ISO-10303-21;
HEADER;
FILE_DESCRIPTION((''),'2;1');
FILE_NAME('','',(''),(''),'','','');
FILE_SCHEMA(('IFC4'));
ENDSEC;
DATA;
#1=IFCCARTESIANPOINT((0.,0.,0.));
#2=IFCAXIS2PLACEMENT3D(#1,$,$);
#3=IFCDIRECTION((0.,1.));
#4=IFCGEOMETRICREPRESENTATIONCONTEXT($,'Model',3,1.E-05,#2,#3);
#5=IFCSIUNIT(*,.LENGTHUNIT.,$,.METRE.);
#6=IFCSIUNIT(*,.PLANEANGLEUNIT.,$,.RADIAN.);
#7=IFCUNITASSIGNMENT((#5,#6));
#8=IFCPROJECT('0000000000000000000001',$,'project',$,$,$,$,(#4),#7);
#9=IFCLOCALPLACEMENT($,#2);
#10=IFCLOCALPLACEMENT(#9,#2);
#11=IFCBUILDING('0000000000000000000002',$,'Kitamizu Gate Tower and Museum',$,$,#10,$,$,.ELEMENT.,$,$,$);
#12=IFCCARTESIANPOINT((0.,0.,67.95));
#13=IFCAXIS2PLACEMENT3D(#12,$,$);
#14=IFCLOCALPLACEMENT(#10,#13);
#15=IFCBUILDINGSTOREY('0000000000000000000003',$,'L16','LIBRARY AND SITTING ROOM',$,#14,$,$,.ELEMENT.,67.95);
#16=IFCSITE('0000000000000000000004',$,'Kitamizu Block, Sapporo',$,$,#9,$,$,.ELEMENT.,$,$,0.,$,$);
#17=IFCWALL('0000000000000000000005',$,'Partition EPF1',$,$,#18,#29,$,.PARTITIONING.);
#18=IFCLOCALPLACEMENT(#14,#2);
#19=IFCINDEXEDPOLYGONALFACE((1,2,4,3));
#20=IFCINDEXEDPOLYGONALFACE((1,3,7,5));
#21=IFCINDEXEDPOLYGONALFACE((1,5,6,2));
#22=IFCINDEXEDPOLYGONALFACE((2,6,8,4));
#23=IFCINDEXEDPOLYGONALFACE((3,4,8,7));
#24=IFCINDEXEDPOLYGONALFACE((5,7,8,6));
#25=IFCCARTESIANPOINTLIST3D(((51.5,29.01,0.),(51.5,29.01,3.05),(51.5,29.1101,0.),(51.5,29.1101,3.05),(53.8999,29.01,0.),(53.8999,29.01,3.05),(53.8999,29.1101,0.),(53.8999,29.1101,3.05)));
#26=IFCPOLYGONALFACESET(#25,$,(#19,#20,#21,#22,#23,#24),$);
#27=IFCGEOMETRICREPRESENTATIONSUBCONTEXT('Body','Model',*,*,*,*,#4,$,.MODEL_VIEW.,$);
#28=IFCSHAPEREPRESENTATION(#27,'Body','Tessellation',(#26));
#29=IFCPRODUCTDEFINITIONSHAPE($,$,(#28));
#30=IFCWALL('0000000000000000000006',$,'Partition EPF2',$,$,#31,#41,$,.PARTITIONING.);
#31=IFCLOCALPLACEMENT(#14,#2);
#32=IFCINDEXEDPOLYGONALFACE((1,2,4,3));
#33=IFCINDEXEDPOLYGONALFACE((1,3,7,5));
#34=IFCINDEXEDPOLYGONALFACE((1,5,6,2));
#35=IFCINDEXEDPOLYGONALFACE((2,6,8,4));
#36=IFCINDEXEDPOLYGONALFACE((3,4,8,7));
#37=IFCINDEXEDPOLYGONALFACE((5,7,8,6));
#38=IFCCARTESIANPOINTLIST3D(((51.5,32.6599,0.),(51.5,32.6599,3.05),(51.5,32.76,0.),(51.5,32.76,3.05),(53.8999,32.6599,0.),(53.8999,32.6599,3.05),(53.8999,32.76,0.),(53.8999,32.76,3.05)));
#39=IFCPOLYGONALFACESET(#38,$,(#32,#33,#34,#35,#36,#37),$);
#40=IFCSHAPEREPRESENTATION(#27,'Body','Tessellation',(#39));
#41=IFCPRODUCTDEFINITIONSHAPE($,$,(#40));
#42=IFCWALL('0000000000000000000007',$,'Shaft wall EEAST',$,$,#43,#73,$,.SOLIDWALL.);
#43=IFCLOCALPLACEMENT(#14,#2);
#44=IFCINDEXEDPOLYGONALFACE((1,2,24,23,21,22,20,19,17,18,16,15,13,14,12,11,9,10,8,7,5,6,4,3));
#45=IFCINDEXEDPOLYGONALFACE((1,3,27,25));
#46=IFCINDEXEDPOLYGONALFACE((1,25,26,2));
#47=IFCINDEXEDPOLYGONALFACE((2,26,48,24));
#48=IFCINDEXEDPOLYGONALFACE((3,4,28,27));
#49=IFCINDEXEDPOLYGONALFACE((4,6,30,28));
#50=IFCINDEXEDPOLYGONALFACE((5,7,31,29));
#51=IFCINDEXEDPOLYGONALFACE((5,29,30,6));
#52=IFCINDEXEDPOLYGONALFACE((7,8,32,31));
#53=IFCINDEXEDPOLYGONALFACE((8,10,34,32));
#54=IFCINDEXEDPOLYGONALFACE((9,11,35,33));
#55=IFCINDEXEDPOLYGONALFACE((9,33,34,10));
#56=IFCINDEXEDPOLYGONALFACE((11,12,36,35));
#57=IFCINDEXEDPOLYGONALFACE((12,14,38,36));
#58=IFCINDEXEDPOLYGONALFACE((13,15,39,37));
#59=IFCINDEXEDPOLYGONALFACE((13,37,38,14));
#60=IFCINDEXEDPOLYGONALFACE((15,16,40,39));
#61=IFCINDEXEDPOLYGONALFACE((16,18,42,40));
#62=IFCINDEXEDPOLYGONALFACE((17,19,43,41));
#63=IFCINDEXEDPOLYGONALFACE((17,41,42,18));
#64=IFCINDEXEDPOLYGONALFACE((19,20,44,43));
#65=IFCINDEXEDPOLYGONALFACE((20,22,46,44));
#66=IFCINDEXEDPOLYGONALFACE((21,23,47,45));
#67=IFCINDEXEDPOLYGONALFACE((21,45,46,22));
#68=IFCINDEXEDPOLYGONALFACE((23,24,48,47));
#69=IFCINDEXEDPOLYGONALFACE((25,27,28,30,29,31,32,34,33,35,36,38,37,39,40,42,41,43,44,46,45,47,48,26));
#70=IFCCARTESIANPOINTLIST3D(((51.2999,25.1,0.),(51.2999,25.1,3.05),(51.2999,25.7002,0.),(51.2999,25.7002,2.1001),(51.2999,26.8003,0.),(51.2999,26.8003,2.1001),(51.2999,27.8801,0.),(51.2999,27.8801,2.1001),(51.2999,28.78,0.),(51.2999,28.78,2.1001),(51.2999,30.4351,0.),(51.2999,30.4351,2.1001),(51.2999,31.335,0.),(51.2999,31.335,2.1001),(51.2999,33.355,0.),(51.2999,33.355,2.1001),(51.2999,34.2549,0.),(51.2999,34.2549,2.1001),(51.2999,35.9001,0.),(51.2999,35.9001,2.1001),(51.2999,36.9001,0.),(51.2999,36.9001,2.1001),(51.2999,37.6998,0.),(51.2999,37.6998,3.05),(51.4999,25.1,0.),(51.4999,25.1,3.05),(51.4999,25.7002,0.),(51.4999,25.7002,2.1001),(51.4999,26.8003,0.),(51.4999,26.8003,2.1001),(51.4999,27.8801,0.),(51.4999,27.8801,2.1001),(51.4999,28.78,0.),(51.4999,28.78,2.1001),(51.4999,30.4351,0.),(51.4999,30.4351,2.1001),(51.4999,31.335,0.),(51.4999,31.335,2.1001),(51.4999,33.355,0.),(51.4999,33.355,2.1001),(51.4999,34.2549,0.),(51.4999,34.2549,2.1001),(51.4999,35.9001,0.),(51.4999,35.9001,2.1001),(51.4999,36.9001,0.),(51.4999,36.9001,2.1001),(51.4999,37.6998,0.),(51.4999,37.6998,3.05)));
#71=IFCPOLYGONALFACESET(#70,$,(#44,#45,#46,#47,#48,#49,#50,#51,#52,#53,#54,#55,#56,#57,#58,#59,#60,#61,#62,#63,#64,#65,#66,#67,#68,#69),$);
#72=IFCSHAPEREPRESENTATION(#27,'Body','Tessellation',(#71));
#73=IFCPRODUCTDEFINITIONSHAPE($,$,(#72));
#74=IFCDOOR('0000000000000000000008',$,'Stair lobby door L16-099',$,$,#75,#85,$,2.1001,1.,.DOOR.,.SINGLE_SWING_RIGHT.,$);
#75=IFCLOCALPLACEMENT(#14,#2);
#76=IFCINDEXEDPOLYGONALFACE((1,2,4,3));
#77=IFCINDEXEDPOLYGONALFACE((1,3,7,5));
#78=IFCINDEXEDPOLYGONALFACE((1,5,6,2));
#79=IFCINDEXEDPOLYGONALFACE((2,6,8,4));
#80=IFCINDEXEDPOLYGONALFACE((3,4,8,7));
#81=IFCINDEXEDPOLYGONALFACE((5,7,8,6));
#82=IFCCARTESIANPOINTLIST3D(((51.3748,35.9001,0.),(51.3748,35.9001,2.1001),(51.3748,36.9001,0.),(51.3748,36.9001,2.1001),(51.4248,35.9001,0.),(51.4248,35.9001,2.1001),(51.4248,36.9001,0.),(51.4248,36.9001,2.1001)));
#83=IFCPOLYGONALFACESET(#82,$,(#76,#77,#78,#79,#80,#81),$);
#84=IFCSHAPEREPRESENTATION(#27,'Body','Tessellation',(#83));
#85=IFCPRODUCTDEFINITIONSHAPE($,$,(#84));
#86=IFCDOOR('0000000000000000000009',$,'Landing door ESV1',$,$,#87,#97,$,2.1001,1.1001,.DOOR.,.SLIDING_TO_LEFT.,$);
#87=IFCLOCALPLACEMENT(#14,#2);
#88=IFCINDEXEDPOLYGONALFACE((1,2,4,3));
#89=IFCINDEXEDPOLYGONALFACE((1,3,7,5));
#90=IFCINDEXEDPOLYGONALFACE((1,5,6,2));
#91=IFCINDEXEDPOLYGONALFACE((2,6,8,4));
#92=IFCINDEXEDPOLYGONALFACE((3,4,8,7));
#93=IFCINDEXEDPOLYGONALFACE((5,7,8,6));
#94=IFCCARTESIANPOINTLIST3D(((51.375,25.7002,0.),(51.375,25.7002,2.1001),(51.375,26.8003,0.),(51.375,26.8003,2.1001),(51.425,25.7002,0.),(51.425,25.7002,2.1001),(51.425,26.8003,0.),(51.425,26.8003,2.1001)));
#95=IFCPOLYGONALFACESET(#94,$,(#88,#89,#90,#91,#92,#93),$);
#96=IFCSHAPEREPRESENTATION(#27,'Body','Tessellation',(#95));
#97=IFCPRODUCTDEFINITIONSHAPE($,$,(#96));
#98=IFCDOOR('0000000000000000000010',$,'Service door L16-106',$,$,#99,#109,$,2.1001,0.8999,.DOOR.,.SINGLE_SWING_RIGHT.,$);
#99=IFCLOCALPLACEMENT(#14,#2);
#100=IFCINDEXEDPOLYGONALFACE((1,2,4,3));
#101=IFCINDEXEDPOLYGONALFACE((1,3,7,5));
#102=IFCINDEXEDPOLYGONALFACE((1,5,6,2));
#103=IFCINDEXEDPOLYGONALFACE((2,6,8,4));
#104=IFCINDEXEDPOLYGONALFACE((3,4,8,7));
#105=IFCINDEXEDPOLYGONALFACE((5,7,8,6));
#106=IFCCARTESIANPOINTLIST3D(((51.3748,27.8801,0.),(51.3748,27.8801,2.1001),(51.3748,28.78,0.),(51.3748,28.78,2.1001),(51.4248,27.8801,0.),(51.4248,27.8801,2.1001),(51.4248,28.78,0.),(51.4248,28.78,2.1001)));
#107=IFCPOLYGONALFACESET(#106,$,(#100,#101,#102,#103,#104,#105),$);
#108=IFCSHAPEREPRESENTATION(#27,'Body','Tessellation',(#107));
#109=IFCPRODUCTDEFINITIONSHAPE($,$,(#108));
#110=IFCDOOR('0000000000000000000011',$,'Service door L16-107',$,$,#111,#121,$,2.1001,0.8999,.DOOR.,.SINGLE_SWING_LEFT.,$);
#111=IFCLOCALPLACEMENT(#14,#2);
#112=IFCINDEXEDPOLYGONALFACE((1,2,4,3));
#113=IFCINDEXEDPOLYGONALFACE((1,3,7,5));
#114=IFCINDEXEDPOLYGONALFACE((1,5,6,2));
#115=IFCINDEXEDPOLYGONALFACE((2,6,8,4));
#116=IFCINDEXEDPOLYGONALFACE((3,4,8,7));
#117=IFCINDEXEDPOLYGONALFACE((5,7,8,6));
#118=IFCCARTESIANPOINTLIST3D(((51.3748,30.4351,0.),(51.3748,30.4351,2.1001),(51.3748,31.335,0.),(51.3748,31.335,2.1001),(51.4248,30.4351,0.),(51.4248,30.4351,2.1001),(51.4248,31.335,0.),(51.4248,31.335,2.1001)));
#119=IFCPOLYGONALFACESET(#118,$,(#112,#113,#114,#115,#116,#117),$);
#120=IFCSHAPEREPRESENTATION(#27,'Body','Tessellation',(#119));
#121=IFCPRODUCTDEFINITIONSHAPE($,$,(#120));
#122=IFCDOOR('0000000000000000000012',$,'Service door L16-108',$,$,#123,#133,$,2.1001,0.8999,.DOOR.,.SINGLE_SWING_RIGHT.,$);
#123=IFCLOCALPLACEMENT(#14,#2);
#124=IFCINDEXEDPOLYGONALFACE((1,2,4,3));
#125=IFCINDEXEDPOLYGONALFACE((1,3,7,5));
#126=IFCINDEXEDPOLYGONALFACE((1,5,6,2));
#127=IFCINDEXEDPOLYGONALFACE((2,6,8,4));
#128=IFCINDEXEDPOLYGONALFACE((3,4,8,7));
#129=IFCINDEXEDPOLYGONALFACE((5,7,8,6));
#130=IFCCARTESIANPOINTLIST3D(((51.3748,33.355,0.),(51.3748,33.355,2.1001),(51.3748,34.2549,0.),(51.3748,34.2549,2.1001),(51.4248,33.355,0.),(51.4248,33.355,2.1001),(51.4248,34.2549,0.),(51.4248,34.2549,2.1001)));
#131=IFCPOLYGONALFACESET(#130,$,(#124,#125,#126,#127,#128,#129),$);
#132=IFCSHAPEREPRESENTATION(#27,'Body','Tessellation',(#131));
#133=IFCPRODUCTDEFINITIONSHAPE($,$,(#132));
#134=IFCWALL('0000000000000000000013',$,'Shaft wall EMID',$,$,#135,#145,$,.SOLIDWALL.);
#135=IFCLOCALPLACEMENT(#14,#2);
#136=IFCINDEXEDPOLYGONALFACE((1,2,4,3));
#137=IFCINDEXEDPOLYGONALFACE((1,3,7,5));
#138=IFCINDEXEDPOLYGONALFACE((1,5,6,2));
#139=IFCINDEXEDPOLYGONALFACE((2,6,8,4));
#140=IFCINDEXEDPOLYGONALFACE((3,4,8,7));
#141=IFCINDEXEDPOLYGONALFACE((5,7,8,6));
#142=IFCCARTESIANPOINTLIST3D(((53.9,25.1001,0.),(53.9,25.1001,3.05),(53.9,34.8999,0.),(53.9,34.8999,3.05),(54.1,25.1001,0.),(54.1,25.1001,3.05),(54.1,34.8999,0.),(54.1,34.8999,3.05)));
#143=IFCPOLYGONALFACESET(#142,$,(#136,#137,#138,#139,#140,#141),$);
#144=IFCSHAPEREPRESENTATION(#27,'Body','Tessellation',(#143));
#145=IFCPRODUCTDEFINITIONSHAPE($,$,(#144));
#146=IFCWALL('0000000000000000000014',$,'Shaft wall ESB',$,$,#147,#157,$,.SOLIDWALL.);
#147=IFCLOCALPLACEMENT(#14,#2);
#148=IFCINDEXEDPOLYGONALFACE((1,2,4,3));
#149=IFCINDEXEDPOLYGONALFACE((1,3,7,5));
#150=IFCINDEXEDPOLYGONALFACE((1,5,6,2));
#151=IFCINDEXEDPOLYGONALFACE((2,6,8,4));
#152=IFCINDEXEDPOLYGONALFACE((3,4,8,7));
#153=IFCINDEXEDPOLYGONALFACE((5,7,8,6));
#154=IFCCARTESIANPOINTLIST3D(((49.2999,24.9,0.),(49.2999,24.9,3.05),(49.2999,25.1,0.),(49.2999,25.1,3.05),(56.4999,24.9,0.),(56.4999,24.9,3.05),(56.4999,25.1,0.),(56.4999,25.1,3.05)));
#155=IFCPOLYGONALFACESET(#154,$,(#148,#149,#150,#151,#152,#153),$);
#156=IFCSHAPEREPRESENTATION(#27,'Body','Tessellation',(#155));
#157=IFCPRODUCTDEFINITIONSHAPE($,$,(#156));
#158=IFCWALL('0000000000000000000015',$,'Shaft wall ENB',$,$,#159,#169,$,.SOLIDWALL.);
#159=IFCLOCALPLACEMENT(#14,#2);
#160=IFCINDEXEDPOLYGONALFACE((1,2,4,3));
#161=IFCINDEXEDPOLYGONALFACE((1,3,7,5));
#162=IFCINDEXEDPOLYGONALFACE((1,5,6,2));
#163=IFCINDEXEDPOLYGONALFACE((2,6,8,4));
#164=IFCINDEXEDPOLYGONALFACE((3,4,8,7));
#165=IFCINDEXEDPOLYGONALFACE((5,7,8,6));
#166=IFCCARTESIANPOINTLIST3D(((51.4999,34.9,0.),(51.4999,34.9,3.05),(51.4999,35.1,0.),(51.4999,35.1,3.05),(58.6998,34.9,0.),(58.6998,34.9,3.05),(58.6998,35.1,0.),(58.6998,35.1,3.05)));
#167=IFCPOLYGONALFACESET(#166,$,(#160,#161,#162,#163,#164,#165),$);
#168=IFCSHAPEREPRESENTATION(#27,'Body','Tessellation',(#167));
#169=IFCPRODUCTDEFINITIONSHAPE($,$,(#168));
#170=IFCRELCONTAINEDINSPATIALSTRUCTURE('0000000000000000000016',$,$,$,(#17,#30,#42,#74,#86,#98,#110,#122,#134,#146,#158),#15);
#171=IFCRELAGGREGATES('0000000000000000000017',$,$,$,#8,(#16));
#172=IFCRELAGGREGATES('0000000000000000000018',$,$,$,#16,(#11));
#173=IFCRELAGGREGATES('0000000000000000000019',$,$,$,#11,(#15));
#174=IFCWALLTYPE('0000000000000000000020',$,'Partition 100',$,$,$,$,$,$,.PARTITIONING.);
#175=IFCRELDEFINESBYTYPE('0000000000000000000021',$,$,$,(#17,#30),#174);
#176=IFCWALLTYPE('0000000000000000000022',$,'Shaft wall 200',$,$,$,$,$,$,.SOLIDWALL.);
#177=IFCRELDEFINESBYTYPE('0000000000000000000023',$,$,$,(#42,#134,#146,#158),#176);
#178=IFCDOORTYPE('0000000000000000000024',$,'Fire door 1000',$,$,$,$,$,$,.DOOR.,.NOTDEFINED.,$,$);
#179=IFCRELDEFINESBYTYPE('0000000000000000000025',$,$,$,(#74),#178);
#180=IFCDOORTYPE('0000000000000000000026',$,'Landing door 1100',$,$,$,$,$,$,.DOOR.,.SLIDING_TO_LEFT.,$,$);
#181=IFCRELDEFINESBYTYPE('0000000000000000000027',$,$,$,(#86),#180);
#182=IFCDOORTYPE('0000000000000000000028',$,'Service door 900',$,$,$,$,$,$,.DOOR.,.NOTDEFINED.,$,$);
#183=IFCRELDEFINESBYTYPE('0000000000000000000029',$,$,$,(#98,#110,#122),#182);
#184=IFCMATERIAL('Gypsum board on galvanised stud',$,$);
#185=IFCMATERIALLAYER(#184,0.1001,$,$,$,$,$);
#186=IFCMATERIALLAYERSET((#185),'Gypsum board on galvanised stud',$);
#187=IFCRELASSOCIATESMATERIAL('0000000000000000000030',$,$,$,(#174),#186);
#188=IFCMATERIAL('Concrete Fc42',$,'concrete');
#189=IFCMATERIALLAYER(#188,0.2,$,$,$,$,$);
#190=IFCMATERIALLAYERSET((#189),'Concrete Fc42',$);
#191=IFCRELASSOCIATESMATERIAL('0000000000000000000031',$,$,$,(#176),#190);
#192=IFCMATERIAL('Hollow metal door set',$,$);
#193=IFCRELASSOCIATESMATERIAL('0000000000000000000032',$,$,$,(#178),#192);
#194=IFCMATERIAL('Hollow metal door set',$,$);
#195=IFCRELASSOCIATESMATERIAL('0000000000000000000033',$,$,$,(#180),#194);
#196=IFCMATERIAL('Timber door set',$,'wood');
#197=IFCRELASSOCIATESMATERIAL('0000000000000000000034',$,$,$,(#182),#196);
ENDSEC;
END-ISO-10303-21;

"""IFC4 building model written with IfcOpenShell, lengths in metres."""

from ifc_helpers import new_model, si_unit, direction, frame, frame_2d, origin, place, context, subcontext, project, spatial, rectangle, extrude, material, layer, layer_set, type_object, element, fill, save


model = new_model("IFC4")

# Units and contexts
model_context = context("Model", 3, precision=1e-05, world=origin(), true_north=direction((0.0, 1.0)))
body_context = subcontext(model_context, "Body", "Model", "MODEL_VIEW")
ifc_project = project(units=[si_unit("LENGTHUNIT", "METRE"), si_unit("PLANEANGLEUNIT", "RADIAN")], contexts=[model_context])

# Site, building, storey
site_placement = place(None, origin())
site = spatial("IfcSite", under=ifc_project, at=site_placement, Name="Kitamizu Block, Sapporo", CompositionType="ELEMENT", RefElevation=0.0)
building_placement = place(site_placement, origin())
building = spatial("IfcBuilding", under=site, at=building_placement, Name="Kitamizu Gate Tower and Museum", CompositionType="ELEMENT")
storey_placement = place(building_placement, frame((0.0, 0.0, 67.95)))
storey = spatial("IfcBuildingStorey", under=building, at=storey_placement, Name="L16", Description="LIBRARY AND SITTING ROOM", CompositionType="ELEMENT", Elevation=67.95)

# Walls
ifc_material_1 = material(Name="Gypsum board on galvanised stud")
ifc_layer_1 = layer(ifc_material_1, 0.1001)
ifc_layer_set_1 = layer_set([ifc_layer_1], Name="Gypsum board on galvanised stud")
wall_type_1 = type_object("IfcWallType", Name="Partition 100", PredefinedType="PARTITIONING", material=ifc_layer_set_1)
for number, where, z_axis, x_axis, name in (
    (1, (53.8999, 29.0601, 0.0), (0.0, 0.0, 1.0), (-1.0, 0.0, 0.0), "Partition EPF1"),
    (2, (53.8999, 32.71, 0.0), (0.0, 0.0, 1.0), (-1.0, 0.0, 0.0), "Partition EPF2"),
):
    element("IfcWall", number, at=place(storey_placement, frame(where, z_axis=z_axis, x_axis=x_axis)), inside=storey, type_object=wall_type_1, Name=name, PredefinedType="PARTITIONING", context=body_context, shape_type="SweptSolid", body=[
        extrude(rectangle(XDim=2.3999, YDim=0.1001, at=frame_2d((1.2, 0.0))), origin(), (0.0, 0.0, 1.0), 3.05),
    ])

# Wall, openings, doors
ifc_material_2 = material(Name="Concrete Fc42", Category="concrete")
ifc_layer_2 = layer(ifc_material_2, 0.2)
ifc_layer_set_2 = layer_set([ifc_layer_2], Name="Concrete Fc42")
wall_type_2 = type_object("IfcWallType", Name="Shaft wall 200", PredefinedType="SOLIDWALL", material=ifc_layer_set_2)
wall_1_placement = place(storey_placement, frame((51.3999, 25.1001, 0.0), z_axis=(0.0, 0.0, 1.0), x_axis=(0.0, 1.0, 0.0)))
wall_1 = element("IfcWall", 3, at=wall_1_placement, inside=storey, type_object=wall_type_2, Name="Shaft wall EEAST", PredefinedType="SOLIDWALL", context=body_context, shape_type="SweptSolid", body=[
    extrude(rectangle(XDim=12.5999, YDim=0.2, at=frame_2d((6.2998, 0.0))), origin(), (0.0, 0.0, 1.0), 3.05),
])
opening_1_placement = place(wall_1_placement, frame((0.6001, 0.0, 0.0)))
opening_1 = element("IfcOpeningElement", 4, at=opening_1_placement, cuts=wall_1, PredefinedType="OPENING", context=body_context, shape_type="SweptSolid", body=[
    extrude(rectangle(XDim=1.1001, YDim=2.1001, at=frame_2d((0.55, 1.05))), frame((0.0, 0.1099, 0.0), z_axis=(0.0, -1.0, 0.0), x_axis=(1.0, 0.0, 0.0)), (0.0, 0.0, 1.0), 0.22),
])
opening_2_placement = place(wall_1_placement, frame((10.8, 0.0, 0.0)))
opening_2 = element("IfcOpeningElement", 5, at=opening_2_placement, cuts=wall_1, PredefinedType="OPENING", context=body_context, shape_type="SweptSolid", body=[
    extrude(rectangle(XDim=1.0, YDim=2.1001, at=frame_2d((0.5, 1.05))), frame((0.0, 0.1099, 0.0), z_axis=(0.0, -1.0, 0.0), x_axis=(1.0, 0.0, 0.0)), (0.0, 0.0, 1.0), 0.22),
])
opening_3_placement = place(wall_1_placement, frame((2.78, 0.0, 0.0)))
opening_3 = element("IfcOpeningElement", 6, at=opening_3_placement, cuts=wall_1, PredefinedType="OPENING", context=body_context, shape_type="SweptSolid", body=[
    extrude(rectangle(XDim=0.8999, YDim=2.1001, at=frame_2d((0.45, 1.05))), frame((0.0, 0.1099, 0.0), z_axis=(0.0, -1.0, 0.0), x_axis=(1.0, 0.0, 0.0)), (0.0, 0.0, 1.0), 0.22),
])
opening_4_placement = place(wall_1_placement, frame((5.335, 0.0, 0.0)))
opening_4 = element("IfcOpeningElement", 7, at=opening_4_placement, cuts=wall_1, PredefinedType="OPENING", context=body_context, shape_type="SweptSolid", body=[
    extrude(rectangle(XDim=0.8999, YDim=2.1001, at=frame_2d((0.45, 1.05))), frame((0.0, 0.1099, 0.0), z_axis=(0.0, -1.0, 0.0), x_axis=(1.0, 0.0, 0.0)), (0.0, 0.0, 1.0), 0.22),
])
opening_5_placement = place(wall_1_placement, frame((8.2549, 0.0, 0.0)))
opening_5 = element("IfcOpeningElement", 8, at=opening_5_placement, cuts=wall_1, PredefinedType="OPENING", context=body_context, shape_type="SweptSolid", body=[
    extrude(rectangle(XDim=0.8999, YDim=2.1001, at=frame_2d((0.45, 1.05))), frame((0.0, 0.1099, 0.0), z_axis=(0.0, -1.0, 0.0), x_axis=(1.0, 0.0, 0.0)), (0.0, 0.0, 1.0), 0.22),
])
ifc_material_3 = material(Name="Hollow metal door set")
door_type_1 = type_object("IfcDoorType", Name="Fire door 1000", OperationType="NOTDEFINED", PredefinedType="DOOR", material=ifc_material_3)
door_1_placement = place(opening_2_placement, frame((1.0, 0.0, 0.0), x_axis=(-1.0, 0.0, 0.0)))
door_1 = element("IfcDoor", 9, at=door_1_placement, inside=storey, type_object=door_type_1, Name="Stair lobby door L16-099", OperationType="SINGLE_SWING_RIGHT", OverallHeight=2.1001, OverallWidth=1.0, PredefinedType="DOOR", context=body_context, shape_type="SweptSolid", body=[
    extrude(rectangle(XDim=1.0, YDim=2.1001, at=frame_2d((0.5, 1.05))), frame((0.0, 0.0249, 0.0), z_axis=(0.0, -1.0, 0.0), x_axis=(1.0, 0.0, 0.0)), (0.0, 0.0, 1.0), 0.05),
])
fill(opening_2, door_1)
ifc_material_4 = material(Name="Hollow metal door set")
door_type_2 = type_object("IfcDoorType", Name="Landing door 1100", OperationType="SLIDING_TO_LEFT", PredefinedType="DOOR", material=ifc_material_4)
door_2_placement = place(opening_1_placement, origin())
door_2 = element("IfcDoor", 10, at=door_2_placement, inside=storey, type_object=door_type_2, Name="Landing door ESV1", OperationType="SLIDING_TO_LEFT", OverallHeight=2.1001, OverallWidth=1.1001, PredefinedType="DOOR", context=body_context, shape_type="SweptSolid", body=[
    extrude(rectangle(XDim=1.1001, YDim=2.1001, at=frame_2d((0.55, 1.05))), frame((0.0, 0.0249, 0.0), z_axis=(0.0, -1.0, 0.0), x_axis=(1.0, 0.0, 0.0)), (0.0, 0.0, 1.0), 0.05),
])
fill(opening_1, door_2)
ifc_material_5 = material(Name="Timber door set", Category="wood")
door_type_3 = type_object("IfcDoorType", Name="Service door 900", OperationType="NOTDEFINED", PredefinedType="DOOR", material=ifc_material_5)
door_3_placement = place(opening_3_placement, frame((0.8999, 0.0, 0.0), x_axis=(-1.0, 0.0, 0.0)))
door_3 = element("IfcDoor", 11, at=door_3_placement, inside=storey, type_object=door_type_3, Name="Service door L16-106", OperationType="SINGLE_SWING_RIGHT", OverallHeight=2.1001, OverallWidth=0.8999, PredefinedType="DOOR", context=body_context, shape_type="SweptSolid", body=[
    extrude(rectangle(XDim=0.8999, YDim=2.1001, at=frame_2d((0.45, 1.05))), frame((0.0, 0.0249, 0.0), z_axis=(0.0, -1.0, 0.0), x_axis=(1.0, 0.0, 0.0)), (0.0, 0.0, 1.0), 0.05),
])
fill(opening_3, door_3)
door_4_placement = place(opening_4_placement, frame((0.8999, 0.0, 0.0), x_axis=(-1.0, 0.0, 0.0)))
door_4 = element("IfcDoor", 12, at=door_4_placement, inside=storey, type_object=door_type_3, Name="Service door L16-107", OperationType="SINGLE_SWING_LEFT", OverallHeight=2.1001, OverallWidth=0.8999, PredefinedType="DOOR", context=body_context, shape_type="SweptSolid", body=[
    extrude(rectangle(XDim=0.8999, YDim=2.1001, at=frame_2d((0.45, 1.05))), frame((0.0, 0.0249, 0.0), z_axis=(0.0, -1.0, 0.0), x_axis=(1.0, 0.0, 0.0)), (0.0, 0.0, 1.0), 0.05),
])
fill(opening_4, door_4)
door_5_placement = place(opening_5_placement, frame((0.8999, 0.0, 0.0), x_axis=(-1.0, 0.0, 0.0)))
door_5 = element("IfcDoor", 13, at=door_5_placement, inside=storey, type_object=door_type_3, Name="Service door L16-108", OperationType="SINGLE_SWING_RIGHT", OverallHeight=2.1001, OverallWidth=0.8999, PredefinedType="DOOR", context=body_context, shape_type="SweptSolid", body=[
    extrude(rectangle(XDim=0.8999, YDim=2.1001, at=frame_2d((0.45, 1.05))), frame((0.0, 0.0249, 0.0), z_axis=(0.0, -1.0, 0.0), x_axis=(1.0, 0.0, 0.0)), (0.0, 0.0, 1.0), 0.05),
])
fill(opening_5, door_5)

# Walls
wall_2_placement = place(storey_placement, frame((54.0, 25.1001, 0.0), z_axis=(0.0, 0.0, 1.0), x_axis=(0.0, 1.0, 0.0)))
element("IfcWall", 14, at=wall_2_placement, inside=storey, type_object=wall_type_2, Name="Shaft wall EMID", PredefinedType="SOLIDWALL", context=body_context, shape_type="SweptSolid", body=[
    extrude(rectangle(XDim=9.7998, YDim=0.2, at=frame_2d((4.8999, 0.0))), origin(), (0.0, 0.0, 1.0), 3.05),
])
for number, where, z_axis, x_axis, name in (
    (15, (56.5, 25.0, 0.0), (0.0, 0.0, 1.0), (-1.0, 0.0, 0.0), "Shaft wall ESB"),
    (16, (58.7, 35.0, 0.0), (0.0, 0.0, 1.0), (-1.0, 0.0, 0.0), "Shaft wall ENB"),
):
    element("IfcWall", number, at=place(storey_placement, frame(where, z_axis=z_axis, x_axis=x_axis)), inside=storey, type_object=wall_type_2, Name=name, PredefinedType="SOLIDWALL", context=body_context, shape_type="SweptSolid", body=[
        extrude(rectangle(XDim=7.2, YDim=0.2, at=frame_2d((3.6001, 0.0))), origin(), (0.0, 0.0, 1.0), 3.05),
    ])

save(model, "model.ifc")
